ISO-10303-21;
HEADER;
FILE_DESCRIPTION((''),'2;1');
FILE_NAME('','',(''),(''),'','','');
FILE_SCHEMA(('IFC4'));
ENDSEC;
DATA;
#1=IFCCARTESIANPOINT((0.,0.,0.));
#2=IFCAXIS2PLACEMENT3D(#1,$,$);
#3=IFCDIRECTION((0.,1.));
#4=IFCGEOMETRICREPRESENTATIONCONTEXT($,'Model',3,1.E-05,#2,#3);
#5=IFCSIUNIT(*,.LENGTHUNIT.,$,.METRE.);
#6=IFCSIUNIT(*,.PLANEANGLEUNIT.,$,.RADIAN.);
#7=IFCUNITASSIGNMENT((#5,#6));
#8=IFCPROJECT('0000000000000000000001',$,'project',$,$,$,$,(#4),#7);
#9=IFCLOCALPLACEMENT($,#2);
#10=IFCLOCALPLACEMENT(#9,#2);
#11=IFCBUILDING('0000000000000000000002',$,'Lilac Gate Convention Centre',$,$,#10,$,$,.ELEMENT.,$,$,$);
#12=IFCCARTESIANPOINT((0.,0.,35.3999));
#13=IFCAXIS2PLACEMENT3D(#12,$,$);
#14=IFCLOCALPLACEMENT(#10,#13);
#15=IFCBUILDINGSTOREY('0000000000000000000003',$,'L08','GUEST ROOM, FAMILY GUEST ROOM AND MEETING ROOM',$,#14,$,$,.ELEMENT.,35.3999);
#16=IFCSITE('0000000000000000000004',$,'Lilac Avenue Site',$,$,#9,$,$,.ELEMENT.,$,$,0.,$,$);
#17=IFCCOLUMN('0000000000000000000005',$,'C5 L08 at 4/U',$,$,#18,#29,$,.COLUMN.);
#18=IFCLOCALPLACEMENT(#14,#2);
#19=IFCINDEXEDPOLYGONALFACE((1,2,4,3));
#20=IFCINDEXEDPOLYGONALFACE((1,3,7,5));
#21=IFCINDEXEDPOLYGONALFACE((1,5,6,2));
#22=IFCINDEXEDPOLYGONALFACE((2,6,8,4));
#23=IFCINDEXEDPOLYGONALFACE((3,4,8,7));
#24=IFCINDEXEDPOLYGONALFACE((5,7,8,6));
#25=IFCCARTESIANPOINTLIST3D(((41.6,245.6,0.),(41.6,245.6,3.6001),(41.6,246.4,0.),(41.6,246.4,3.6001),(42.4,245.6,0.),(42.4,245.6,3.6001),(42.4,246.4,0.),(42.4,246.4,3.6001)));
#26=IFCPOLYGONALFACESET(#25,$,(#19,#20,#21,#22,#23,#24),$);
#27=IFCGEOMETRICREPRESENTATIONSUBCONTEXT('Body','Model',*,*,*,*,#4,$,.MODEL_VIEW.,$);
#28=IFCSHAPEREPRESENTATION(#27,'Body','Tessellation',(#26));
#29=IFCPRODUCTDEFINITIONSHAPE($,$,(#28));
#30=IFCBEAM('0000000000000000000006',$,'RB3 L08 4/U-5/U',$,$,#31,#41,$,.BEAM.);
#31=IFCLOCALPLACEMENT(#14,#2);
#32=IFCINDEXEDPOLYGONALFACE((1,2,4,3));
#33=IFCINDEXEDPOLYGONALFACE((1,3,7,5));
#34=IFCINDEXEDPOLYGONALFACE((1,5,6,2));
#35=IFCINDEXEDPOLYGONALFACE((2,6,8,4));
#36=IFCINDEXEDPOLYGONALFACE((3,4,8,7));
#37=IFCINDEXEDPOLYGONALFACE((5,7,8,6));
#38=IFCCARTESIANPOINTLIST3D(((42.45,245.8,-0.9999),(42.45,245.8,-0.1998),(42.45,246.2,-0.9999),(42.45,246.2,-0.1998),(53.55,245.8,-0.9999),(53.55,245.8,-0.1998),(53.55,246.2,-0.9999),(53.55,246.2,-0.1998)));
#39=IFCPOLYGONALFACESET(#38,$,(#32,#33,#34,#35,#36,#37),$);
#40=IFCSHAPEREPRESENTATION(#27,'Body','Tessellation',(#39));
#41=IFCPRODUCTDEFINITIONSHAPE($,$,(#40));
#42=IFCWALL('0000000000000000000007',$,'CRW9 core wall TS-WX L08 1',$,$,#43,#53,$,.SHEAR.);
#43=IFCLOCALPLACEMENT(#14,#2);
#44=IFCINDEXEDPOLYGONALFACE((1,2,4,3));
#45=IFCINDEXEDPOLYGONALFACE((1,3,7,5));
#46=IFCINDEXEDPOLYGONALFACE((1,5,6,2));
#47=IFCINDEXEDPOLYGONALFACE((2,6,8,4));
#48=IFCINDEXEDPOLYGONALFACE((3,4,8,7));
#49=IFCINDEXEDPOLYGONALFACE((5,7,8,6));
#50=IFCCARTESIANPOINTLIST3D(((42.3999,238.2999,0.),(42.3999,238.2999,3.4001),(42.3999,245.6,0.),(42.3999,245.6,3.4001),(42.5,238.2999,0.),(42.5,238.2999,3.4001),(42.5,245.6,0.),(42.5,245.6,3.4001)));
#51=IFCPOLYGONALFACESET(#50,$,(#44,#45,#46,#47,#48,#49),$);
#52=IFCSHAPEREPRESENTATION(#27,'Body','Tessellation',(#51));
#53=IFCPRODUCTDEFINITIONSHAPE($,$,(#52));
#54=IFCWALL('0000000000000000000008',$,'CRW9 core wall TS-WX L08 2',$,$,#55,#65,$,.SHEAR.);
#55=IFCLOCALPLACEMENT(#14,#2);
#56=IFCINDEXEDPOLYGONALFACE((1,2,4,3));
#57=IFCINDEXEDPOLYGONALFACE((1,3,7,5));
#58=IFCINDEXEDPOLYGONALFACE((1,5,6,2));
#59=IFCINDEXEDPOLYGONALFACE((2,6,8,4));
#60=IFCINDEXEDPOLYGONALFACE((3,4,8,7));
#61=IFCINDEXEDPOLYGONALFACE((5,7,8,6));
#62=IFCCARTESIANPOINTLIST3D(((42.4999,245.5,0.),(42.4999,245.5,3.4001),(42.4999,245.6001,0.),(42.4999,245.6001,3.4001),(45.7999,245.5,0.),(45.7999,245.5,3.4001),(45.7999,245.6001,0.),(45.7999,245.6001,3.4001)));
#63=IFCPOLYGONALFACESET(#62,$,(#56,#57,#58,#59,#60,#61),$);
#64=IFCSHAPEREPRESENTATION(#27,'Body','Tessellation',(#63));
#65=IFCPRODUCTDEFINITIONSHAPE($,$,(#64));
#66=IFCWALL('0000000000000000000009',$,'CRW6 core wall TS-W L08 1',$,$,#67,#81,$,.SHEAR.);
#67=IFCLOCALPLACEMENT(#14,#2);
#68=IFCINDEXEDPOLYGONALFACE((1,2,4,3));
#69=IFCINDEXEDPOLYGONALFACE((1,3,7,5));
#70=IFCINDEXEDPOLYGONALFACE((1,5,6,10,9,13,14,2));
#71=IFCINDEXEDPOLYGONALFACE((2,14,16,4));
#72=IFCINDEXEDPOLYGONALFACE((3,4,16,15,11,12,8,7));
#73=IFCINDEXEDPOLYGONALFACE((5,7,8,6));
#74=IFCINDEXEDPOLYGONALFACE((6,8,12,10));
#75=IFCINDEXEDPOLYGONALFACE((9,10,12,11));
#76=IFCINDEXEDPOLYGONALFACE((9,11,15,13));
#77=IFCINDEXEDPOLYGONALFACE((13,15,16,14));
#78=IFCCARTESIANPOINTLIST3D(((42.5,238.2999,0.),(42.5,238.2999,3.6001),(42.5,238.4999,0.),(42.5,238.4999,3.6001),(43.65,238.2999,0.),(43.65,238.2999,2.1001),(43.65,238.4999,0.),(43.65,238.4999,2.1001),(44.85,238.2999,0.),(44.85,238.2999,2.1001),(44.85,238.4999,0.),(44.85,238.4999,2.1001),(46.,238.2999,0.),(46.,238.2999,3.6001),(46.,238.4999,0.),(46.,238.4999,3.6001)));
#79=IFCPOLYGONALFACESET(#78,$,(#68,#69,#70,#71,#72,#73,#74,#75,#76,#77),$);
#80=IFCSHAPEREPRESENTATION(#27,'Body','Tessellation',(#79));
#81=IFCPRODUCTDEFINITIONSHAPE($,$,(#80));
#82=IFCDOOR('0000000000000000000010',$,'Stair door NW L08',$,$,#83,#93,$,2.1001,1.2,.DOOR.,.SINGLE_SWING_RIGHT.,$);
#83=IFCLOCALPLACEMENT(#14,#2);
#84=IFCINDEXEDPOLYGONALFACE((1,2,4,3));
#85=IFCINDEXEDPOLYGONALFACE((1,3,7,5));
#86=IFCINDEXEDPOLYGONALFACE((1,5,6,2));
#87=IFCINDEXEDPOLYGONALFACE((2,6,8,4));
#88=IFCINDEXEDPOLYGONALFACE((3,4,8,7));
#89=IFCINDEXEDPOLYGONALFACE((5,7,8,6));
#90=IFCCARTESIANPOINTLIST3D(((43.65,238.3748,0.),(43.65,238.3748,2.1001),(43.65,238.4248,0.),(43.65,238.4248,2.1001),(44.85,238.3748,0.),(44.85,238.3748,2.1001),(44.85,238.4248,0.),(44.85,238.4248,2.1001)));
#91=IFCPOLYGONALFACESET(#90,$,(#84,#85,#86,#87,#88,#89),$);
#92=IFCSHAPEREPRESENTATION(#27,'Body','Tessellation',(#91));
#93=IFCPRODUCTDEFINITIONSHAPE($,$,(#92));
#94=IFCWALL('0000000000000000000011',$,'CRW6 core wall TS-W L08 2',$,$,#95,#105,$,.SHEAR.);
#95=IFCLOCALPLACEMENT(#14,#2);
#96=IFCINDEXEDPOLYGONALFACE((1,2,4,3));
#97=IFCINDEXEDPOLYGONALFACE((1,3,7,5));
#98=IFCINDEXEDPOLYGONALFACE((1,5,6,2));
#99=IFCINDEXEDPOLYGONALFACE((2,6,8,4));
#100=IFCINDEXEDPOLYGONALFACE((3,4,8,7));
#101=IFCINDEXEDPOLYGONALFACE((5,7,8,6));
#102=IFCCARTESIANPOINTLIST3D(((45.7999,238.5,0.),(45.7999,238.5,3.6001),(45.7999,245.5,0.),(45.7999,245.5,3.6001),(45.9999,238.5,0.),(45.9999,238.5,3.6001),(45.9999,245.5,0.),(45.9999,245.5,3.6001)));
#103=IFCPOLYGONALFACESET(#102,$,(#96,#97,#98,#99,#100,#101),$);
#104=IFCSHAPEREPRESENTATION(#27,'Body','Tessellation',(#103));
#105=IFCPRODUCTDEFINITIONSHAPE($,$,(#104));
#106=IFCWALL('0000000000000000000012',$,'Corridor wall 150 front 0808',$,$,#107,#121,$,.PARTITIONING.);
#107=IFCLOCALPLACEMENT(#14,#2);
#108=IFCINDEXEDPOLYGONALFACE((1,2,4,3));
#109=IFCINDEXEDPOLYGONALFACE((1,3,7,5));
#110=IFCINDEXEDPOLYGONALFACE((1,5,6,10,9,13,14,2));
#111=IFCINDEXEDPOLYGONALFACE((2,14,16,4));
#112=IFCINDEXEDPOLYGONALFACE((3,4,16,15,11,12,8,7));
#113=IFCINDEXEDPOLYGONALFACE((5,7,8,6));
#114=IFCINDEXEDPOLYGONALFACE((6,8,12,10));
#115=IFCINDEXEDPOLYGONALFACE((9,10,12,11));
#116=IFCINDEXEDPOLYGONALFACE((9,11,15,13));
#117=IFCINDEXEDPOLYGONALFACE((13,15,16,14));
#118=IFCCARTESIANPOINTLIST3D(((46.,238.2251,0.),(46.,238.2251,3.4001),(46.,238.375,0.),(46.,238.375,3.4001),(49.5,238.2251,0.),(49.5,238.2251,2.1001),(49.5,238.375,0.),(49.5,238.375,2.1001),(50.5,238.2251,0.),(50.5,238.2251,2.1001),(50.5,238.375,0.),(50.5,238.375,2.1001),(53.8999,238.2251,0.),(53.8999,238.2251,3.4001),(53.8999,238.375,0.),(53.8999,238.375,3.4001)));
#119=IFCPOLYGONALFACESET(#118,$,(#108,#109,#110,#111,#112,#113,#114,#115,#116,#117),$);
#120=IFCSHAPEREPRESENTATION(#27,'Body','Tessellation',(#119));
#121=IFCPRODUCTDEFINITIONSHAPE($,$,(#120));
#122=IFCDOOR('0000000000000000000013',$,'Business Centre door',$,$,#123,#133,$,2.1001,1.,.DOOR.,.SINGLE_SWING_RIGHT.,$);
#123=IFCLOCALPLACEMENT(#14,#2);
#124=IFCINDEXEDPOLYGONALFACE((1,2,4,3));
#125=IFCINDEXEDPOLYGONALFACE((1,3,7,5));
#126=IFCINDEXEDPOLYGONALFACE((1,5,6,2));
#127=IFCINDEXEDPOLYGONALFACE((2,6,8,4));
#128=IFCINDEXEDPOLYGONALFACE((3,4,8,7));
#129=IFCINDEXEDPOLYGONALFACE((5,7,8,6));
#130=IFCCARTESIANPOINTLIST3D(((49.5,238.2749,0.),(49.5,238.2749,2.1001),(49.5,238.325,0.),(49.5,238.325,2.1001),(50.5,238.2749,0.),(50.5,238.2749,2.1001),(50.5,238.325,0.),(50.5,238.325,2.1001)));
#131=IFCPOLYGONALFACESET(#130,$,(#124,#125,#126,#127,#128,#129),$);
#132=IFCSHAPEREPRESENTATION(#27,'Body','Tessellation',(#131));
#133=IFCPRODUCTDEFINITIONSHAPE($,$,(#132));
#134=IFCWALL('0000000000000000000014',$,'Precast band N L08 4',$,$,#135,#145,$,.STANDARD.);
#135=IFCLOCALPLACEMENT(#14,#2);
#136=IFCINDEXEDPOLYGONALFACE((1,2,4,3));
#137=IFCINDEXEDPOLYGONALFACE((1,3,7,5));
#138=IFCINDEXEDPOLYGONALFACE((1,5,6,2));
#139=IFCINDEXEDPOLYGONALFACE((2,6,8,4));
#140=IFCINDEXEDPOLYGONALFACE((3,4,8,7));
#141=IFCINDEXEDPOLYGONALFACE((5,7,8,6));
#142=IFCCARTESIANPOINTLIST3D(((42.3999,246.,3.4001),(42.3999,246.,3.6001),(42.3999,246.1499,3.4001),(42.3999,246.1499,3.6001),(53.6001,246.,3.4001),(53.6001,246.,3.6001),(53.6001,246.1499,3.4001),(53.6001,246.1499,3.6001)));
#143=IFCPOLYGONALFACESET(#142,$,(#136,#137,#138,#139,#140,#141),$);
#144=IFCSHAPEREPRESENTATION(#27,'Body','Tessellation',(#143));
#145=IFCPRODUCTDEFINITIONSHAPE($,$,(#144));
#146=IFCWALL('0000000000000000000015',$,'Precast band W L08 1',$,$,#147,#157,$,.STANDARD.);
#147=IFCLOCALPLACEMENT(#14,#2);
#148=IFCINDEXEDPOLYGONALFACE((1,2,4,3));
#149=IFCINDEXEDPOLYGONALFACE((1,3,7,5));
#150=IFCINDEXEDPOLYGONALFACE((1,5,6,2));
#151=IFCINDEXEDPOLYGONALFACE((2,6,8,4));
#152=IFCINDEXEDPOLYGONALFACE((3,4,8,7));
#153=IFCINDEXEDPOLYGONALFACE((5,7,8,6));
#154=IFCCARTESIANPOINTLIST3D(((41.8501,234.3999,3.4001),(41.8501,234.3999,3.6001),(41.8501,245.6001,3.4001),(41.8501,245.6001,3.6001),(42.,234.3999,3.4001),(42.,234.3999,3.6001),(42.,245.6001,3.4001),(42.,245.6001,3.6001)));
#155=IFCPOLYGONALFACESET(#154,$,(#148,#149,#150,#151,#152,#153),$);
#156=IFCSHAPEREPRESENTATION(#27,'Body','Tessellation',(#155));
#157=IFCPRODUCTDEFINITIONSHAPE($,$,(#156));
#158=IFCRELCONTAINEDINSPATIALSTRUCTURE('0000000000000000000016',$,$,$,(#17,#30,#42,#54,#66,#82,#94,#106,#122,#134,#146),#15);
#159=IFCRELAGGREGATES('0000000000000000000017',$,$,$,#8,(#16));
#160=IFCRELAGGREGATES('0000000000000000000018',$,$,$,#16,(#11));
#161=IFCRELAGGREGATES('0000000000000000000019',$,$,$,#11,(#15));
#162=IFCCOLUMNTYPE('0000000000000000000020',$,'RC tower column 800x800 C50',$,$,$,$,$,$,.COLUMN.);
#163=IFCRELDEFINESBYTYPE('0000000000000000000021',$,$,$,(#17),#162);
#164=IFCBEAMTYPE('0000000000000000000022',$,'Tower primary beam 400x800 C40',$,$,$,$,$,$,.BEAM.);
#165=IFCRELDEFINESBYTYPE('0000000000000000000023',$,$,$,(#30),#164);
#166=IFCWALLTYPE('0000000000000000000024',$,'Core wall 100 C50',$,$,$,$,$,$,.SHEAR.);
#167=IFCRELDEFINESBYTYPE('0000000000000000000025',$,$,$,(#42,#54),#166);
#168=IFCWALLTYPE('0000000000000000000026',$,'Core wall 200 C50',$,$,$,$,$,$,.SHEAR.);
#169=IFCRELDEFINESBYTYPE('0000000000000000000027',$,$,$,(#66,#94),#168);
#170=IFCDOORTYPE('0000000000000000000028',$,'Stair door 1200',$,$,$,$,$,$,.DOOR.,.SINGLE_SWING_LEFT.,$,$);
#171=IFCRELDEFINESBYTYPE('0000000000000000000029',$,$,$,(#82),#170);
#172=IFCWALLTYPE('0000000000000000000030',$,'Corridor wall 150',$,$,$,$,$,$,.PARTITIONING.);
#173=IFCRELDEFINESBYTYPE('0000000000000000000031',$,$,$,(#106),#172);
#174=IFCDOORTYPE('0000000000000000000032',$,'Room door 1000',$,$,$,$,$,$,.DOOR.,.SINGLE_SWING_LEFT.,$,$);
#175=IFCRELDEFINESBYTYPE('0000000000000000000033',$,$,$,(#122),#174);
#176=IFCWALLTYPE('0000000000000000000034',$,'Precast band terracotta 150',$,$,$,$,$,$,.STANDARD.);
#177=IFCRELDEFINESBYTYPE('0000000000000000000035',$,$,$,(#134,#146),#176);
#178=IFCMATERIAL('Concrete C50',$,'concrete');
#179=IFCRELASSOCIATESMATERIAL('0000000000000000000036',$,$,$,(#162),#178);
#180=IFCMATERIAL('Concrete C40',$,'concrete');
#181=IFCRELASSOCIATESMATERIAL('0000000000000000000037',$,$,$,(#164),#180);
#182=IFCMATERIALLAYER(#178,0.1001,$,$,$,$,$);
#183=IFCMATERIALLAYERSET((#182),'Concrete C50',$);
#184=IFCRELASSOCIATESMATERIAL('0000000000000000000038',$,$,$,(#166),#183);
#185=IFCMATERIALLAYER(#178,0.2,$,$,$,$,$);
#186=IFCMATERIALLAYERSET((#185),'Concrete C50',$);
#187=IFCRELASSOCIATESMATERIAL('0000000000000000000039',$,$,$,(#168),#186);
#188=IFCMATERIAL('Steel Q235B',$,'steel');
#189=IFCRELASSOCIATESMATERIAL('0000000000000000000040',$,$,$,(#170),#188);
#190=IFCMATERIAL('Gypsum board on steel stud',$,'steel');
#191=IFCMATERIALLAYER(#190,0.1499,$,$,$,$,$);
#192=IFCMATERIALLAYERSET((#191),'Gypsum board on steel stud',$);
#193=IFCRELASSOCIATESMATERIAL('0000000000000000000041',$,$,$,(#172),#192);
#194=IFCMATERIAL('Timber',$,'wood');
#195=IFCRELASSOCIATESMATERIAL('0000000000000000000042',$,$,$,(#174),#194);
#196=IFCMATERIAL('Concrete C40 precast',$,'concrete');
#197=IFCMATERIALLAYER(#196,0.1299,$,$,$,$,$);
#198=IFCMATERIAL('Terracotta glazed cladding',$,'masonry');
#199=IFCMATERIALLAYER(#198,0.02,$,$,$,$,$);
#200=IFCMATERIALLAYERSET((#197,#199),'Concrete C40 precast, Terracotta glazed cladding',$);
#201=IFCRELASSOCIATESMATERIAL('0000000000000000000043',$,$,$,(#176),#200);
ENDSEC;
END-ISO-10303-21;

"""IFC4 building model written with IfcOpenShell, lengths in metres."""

from ifc_helpers import new_model, si_unit, direction, frame, frame_2d, origin, origin_2d, place, context, subcontext, project, spatial, rectangle, extrude, material, layer, layer_set, material_profile, profile_set, type_object, element, fill, save


model = new_model("IFC4")

# Units and contexts
model_context = context("Model", 3, precision=1e-05, world=origin(), true_north=direction((0.0, 1.0)))
body_context = subcontext(model_context, "Body", "Model", "MODEL_VIEW")
ifc_project = project(units=[si_unit("LENGTHUNIT", "METRE"), si_unit("PLANEANGLEUNIT", "RADIAN")], contexts=[model_context])

# Site, building, storey
site_placement = place(None, origin())
site = spatial("IfcSite", under=ifc_project, at=site_placement, Name="Lilac Avenue Site", CompositionType="ELEMENT", RefElevation=0.0)
building_placement = place(site_placement, origin())
building = spatial("IfcBuilding", under=site, at=building_placement, Name="Lilac Gate Convention Centre", CompositionType="ELEMENT")
storey_placement = place(building_placement, frame((0.0, 0.0, 35.3999)))
storey = spatial("IfcBuildingStorey", under=building, at=storey_placement, Name="L08", Description="GUEST ROOM, FAMILY GUEST ROOM AND MEETING ROOM", CompositionType="ELEMENT", Elevation=35.3999)

# Column
ifc_material_1 = material(Name="Concrete C50", Category="concrete")
ifc_material_profile_1 = material_profile(ifc_material_1, rectangle(XDim=0.8, YDim=0.8, at=origin_2d()), Name="RC 800x800")
ifc_profile_set_1 = profile_set([ifc_material_profile_1], Name="Concrete C50")
column_type = type_object("IfcColumnType", Name="RC tower column 800x800 C50", PredefinedType="COLUMN", material=ifc_profile_set_1)
column_placement = place(storey_placement, frame((42.0, 246.0, 0.0), z_axis=(0.0, 0.0, 1.0), x_axis=(1.0, 0.0, 0.0)))
element("IfcColumn", 1, at=column_placement, inside=storey, type_object=column_type, Name="C5 L08 at 4/U", PredefinedType="COLUMN", context=body_context, shape_type="SweptSolid", body=[
    extrude(rectangle(XDim=0.8, YDim=0.8, at=origin_2d()), origin(), (0.0, 0.0, 1.0), 3.6001),
])

# Beam
ifc_material_2 = material(Name="Concrete C40", Category="concrete")
ifc_material_profile_2 = material_profile(ifc_material_2, rectangle(XDim=0.3999, YDim=0.8, at=origin_2d()), Name="RC 400x800")
ifc_profile_set_2 = profile_set([ifc_material_profile_2], Name="Concrete C40")
beam_type = type_object("IfcBeamType", Name="Tower primary beam 400x800 C40", PredefinedType="BEAM", material=ifc_profile_set_2)
beam_placement = place(storey_placement, frame((42.45, 246.0, -0.5999), z_axis=(1.0, 0.0, 0.0), x_axis=(0.0, 1.0, 0.0)))
element("IfcBeam", 2, at=beam_placement, inside=storey, type_object=beam_type, Name="RB3 L08 4/U-5/U", PredefinedType="BEAM", context=body_context, shape_type="SweptSolid", body=[
    extrude(rectangle(XDim=0.3999, YDim=0.8, at=origin_2d()), origin(), (0.0, 0.0, 1.0), 11.1001),
])

# Walls
ifc_layer_1 = layer(ifc_material_1, 0.1001)
ifc_layer_set_1 = layer_set([ifc_layer_1], Name="Concrete C50")
wall_type_1 = type_object("IfcWallType", Name="Core wall 100 C50", PredefinedType="SHEAR", material=ifc_layer_set_1)
wall_1_placement = place(storey_placement, frame((42.45, 238.3, 0.0), z_axis=(0.0, 0.0, 1.0), x_axis=(0.0, 1.0, 0.0)))
element("IfcWall", 3, at=wall_1_placement, inside=storey, type_object=wall_type_1, Name="CRW9 core wall TS-WX L08 1", PredefinedType="SHEAR", context=body_context, shape_type="SweptSolid", body=[
    extrude(rectangle(XDim=7.3, YDim=0.1001, at=frame_2d((3.6499, 0.0))), origin(), (0.0, 0.0, 1.0), 3.4001),
])
wall_2_placement = place(storey_placement, frame((42.5, 245.55, 0.0), z_axis=(0.0, 0.0, 1.0), x_axis=(1.0, 0.0, 0.0)))
element("IfcWall", 4, at=wall_2_placement, inside=storey, type_object=wall_type_1, Name="CRW9 core wall TS-WX L08 2", PredefinedType="SHEAR", context=body_context, shape_type="SweptSolid", body=[
    extrude(rectangle(XDim=3.3, YDim=0.1001, at=frame_2d((1.6499, 0.0))), origin(), (0.0, 0.0, 1.0), 3.4001),
])

# Wall, opening, door
ifc_layer_2 = layer(ifc_material_1, 0.2)
ifc_layer_set_2 = layer_set([ifc_layer_2], Name="Concrete C50")
wall_type_2 = type_object("IfcWallType", Name="Core wall 200 C50", PredefinedType="SHEAR", material=ifc_layer_set_2)
wall_3_placement = place(storey_placement, frame((42.5, 238.3999, 0.0), z_axis=(0.0, 0.0, 1.0), x_axis=(1.0, 0.0, 0.0)))
wall_3 = element("IfcWall", 5, at=wall_3_placement, inside=storey, type_object=wall_type_2, Name="CRW6 core wall TS-W L08 1", PredefinedType="SHEAR", context=body_context, shape_type="SweptSolid", body=[
    extrude(rectangle(XDim=3.5, YDim=0.2, at=frame_2d((1.75, 0.0))), origin(), (0.0, 0.0, 1.0), 3.6001),
])
opening_1_placement = place(wall_3_placement, frame((1.1499, 0.0, 0.0)))
opening_1 = element("IfcOpeningElement", 6, at=opening_1_placement, cuts=wall_3, PredefinedType="OPENING", context=body_context, shape_type="SweptSolid", body=[
    extrude(rectangle(XDim=1.2, YDim=2.1001, at=frame_2d((0.6001, 1.05))), frame((0.0, 0.1099, 0.0), z_axis=(0.0, -1.0, 0.0), x_axis=(1.0, 0.0, 0.0)), (0.0, 0.0, 1.0), 0.22),
])
ifc_material_3 = material(Name="Steel Q235B", Category="steel")
door_type_1 = type_object("IfcDoorType", Name="Stair door 1200", OperationType="SINGLE_SWING_LEFT", PredefinedType="DOOR", material=ifc_material_3)
door_1_placement = place(opening_1_placement, origin())
door_1 = element("IfcDoor", 7, at=door_1_placement, inside=storey, type_object=door_type_1, Name="Stair door NW L08", OperationType="SINGLE_SWING_RIGHT", OverallHeight=2.1001, OverallWidth=1.2, PredefinedType="DOOR", context=body_context, shape_type="SweptSolid", body=[
    extrude(rectangle(XDim=1.2, YDim=2.1001, at=frame_2d((0.6001, 1.05))), frame((0.0, 0.0249, 0.0), z_axis=(0.0, -1.0, 0.0), x_axis=(1.0, 0.0, 0.0)), (0.0, 0.0, 1.0), 0.05),
])
fill(opening_1, door_1)

# Wall
wall_4_placement = place(storey_placement, frame((45.8999, 238.5, 0.0), z_axis=(0.0, 0.0, 1.0), x_axis=(0.0, 1.0, 0.0)))
element("IfcWall", 8, at=wall_4_placement, inside=storey, type_object=wall_type_2, Name="CRW6 core wall TS-W L08 2", PredefinedType="SHEAR", context=body_context, shape_type="SweptSolid", body=[
    extrude(rectangle(XDim=7.0, YDim=0.2, at=frame_2d((3.5, 0.0))), origin(), (0.0, 0.0, 1.0), 3.6001),
])

# Wall, opening, door
ifc_material_4 = material(Name="Gypsum board on steel stud", Category="steel")
ifc_layer_3 = layer(ifc_material_4, 0.1499)
ifc_layer_set_3 = layer_set([ifc_layer_3], Name="Gypsum board on steel stud")
wall_type_3 = type_object("IfcWallType", Name="Corridor wall 150", PredefinedType="PARTITIONING", material=ifc_layer_set_3)
wall_5_placement = place(storey_placement, frame((46.0, 238.3, 0.0), z_axis=(0.0, 0.0, 1.0), x_axis=(1.0, 0.0, 0.0)))
wall_5 = element("IfcWall", 9, at=wall_5_placement, inside=storey, type_object=wall_type_3, Name="Corridor wall 150 front 0808", PredefinedType="PARTITIONING", context=body_context, shape_type="SweptSolid", body=[
    extrude(rectangle(XDim=7.8999, YDim=0.1499, at=frame_2d((3.95, 0.0))), origin(), (0.0, 0.0, 1.0), 3.4001),
])
opening_2_placement = place(wall_5_placement, frame((3.5, 0.0, 0.0)))
opening_2 = element("IfcOpeningElement", 10, at=opening_2_placement, cuts=wall_5, PredefinedType="OPENING", context=body_context, shape_type="SweptSolid", body=[
    extrude(rectangle(XDim=1.0, YDim=2.1001, at=frame_2d((0.5, 1.05))), frame((0.0, 0.085, 0.0), z_axis=(0.0, -1.0, 0.0), x_axis=(1.0, 0.0, 0.0)), (0.0, 0.0, 1.0), 0.1699),
])
ifc_material_5 = material(Name="Timber", Category="wood")
door_type_2 = type_object("IfcDoorType", Name="Room door 1000", OperationType="SINGLE_SWING_LEFT", PredefinedType="DOOR", material=ifc_material_5)
door_2_placement = place(opening_2_placement, origin())
door_2 = element("IfcDoor", 11, at=door_2_placement, inside=storey, type_object=door_type_2, Name="Business Centre door", OperationType="SINGLE_SWING_RIGHT", OverallHeight=2.1001, OverallWidth=1.0, PredefinedType="DOOR", context=body_context, shape_type="SweptSolid", body=[
    extrude(rectangle(XDim=1.0, YDim=2.1001, at=frame_2d((0.5, 1.05))), frame((0.0, 0.0249, 0.0), z_axis=(0.0, -1.0, 0.0), x_axis=(1.0, 0.0, 0.0)), (0.0, 0.0, 1.0), 0.05),
])
fill(opening_2, door_2)

# Walls
ifc_material_6 = material(Name="Concrete C40 precast", Category="concrete")
ifc_layer_4 = layer(ifc_material_6, 0.1299)
ifc_material_7 = material(Name="Terracotta glazed cladding", Category="masonry")
ifc_layer_5 = layer(ifc_material_7, 0.02)
ifc_layer_set_4 = layer_set([ifc_layer_4, ifc_layer_5], Name="Concrete C40 precast, Terracotta glazed cladding")
wall_type_4 = type_object("IfcWallType", Name="Precast band terracotta 150", PredefinedType="STANDARD", material=ifc_layer_set_4)
for number, where, z_axis, x_axis, name in (
    (12, (53.6001, 246.075, 3.4001), (0.0, 0.0, 1.0), (-1.0, 0.0, 0.0), "Precast band N L08 4"),
    (13, (41.925, 245.6001, 3.4001), (0.0, 0.0, 1.0), (0.0, -1.0, 0.0), "Precast band W L08 1"),
):
    element("IfcWall", number, at=place(storey_placement, frame(where, z_axis=z_axis, x_axis=x_axis)), inside=storey, type_object=wall_type_4, Name=name, PredefinedType="STANDARD", context=body_context, shape_type="SweptSolid", body=[
        extrude(rectangle(XDim=11.2002, YDim=0.1499, at=frame_2d((5.6001, 0.0))), origin(), (0.0, 0.0, 1.0), 0.2),
    ])

save(model, "model.ifc")
